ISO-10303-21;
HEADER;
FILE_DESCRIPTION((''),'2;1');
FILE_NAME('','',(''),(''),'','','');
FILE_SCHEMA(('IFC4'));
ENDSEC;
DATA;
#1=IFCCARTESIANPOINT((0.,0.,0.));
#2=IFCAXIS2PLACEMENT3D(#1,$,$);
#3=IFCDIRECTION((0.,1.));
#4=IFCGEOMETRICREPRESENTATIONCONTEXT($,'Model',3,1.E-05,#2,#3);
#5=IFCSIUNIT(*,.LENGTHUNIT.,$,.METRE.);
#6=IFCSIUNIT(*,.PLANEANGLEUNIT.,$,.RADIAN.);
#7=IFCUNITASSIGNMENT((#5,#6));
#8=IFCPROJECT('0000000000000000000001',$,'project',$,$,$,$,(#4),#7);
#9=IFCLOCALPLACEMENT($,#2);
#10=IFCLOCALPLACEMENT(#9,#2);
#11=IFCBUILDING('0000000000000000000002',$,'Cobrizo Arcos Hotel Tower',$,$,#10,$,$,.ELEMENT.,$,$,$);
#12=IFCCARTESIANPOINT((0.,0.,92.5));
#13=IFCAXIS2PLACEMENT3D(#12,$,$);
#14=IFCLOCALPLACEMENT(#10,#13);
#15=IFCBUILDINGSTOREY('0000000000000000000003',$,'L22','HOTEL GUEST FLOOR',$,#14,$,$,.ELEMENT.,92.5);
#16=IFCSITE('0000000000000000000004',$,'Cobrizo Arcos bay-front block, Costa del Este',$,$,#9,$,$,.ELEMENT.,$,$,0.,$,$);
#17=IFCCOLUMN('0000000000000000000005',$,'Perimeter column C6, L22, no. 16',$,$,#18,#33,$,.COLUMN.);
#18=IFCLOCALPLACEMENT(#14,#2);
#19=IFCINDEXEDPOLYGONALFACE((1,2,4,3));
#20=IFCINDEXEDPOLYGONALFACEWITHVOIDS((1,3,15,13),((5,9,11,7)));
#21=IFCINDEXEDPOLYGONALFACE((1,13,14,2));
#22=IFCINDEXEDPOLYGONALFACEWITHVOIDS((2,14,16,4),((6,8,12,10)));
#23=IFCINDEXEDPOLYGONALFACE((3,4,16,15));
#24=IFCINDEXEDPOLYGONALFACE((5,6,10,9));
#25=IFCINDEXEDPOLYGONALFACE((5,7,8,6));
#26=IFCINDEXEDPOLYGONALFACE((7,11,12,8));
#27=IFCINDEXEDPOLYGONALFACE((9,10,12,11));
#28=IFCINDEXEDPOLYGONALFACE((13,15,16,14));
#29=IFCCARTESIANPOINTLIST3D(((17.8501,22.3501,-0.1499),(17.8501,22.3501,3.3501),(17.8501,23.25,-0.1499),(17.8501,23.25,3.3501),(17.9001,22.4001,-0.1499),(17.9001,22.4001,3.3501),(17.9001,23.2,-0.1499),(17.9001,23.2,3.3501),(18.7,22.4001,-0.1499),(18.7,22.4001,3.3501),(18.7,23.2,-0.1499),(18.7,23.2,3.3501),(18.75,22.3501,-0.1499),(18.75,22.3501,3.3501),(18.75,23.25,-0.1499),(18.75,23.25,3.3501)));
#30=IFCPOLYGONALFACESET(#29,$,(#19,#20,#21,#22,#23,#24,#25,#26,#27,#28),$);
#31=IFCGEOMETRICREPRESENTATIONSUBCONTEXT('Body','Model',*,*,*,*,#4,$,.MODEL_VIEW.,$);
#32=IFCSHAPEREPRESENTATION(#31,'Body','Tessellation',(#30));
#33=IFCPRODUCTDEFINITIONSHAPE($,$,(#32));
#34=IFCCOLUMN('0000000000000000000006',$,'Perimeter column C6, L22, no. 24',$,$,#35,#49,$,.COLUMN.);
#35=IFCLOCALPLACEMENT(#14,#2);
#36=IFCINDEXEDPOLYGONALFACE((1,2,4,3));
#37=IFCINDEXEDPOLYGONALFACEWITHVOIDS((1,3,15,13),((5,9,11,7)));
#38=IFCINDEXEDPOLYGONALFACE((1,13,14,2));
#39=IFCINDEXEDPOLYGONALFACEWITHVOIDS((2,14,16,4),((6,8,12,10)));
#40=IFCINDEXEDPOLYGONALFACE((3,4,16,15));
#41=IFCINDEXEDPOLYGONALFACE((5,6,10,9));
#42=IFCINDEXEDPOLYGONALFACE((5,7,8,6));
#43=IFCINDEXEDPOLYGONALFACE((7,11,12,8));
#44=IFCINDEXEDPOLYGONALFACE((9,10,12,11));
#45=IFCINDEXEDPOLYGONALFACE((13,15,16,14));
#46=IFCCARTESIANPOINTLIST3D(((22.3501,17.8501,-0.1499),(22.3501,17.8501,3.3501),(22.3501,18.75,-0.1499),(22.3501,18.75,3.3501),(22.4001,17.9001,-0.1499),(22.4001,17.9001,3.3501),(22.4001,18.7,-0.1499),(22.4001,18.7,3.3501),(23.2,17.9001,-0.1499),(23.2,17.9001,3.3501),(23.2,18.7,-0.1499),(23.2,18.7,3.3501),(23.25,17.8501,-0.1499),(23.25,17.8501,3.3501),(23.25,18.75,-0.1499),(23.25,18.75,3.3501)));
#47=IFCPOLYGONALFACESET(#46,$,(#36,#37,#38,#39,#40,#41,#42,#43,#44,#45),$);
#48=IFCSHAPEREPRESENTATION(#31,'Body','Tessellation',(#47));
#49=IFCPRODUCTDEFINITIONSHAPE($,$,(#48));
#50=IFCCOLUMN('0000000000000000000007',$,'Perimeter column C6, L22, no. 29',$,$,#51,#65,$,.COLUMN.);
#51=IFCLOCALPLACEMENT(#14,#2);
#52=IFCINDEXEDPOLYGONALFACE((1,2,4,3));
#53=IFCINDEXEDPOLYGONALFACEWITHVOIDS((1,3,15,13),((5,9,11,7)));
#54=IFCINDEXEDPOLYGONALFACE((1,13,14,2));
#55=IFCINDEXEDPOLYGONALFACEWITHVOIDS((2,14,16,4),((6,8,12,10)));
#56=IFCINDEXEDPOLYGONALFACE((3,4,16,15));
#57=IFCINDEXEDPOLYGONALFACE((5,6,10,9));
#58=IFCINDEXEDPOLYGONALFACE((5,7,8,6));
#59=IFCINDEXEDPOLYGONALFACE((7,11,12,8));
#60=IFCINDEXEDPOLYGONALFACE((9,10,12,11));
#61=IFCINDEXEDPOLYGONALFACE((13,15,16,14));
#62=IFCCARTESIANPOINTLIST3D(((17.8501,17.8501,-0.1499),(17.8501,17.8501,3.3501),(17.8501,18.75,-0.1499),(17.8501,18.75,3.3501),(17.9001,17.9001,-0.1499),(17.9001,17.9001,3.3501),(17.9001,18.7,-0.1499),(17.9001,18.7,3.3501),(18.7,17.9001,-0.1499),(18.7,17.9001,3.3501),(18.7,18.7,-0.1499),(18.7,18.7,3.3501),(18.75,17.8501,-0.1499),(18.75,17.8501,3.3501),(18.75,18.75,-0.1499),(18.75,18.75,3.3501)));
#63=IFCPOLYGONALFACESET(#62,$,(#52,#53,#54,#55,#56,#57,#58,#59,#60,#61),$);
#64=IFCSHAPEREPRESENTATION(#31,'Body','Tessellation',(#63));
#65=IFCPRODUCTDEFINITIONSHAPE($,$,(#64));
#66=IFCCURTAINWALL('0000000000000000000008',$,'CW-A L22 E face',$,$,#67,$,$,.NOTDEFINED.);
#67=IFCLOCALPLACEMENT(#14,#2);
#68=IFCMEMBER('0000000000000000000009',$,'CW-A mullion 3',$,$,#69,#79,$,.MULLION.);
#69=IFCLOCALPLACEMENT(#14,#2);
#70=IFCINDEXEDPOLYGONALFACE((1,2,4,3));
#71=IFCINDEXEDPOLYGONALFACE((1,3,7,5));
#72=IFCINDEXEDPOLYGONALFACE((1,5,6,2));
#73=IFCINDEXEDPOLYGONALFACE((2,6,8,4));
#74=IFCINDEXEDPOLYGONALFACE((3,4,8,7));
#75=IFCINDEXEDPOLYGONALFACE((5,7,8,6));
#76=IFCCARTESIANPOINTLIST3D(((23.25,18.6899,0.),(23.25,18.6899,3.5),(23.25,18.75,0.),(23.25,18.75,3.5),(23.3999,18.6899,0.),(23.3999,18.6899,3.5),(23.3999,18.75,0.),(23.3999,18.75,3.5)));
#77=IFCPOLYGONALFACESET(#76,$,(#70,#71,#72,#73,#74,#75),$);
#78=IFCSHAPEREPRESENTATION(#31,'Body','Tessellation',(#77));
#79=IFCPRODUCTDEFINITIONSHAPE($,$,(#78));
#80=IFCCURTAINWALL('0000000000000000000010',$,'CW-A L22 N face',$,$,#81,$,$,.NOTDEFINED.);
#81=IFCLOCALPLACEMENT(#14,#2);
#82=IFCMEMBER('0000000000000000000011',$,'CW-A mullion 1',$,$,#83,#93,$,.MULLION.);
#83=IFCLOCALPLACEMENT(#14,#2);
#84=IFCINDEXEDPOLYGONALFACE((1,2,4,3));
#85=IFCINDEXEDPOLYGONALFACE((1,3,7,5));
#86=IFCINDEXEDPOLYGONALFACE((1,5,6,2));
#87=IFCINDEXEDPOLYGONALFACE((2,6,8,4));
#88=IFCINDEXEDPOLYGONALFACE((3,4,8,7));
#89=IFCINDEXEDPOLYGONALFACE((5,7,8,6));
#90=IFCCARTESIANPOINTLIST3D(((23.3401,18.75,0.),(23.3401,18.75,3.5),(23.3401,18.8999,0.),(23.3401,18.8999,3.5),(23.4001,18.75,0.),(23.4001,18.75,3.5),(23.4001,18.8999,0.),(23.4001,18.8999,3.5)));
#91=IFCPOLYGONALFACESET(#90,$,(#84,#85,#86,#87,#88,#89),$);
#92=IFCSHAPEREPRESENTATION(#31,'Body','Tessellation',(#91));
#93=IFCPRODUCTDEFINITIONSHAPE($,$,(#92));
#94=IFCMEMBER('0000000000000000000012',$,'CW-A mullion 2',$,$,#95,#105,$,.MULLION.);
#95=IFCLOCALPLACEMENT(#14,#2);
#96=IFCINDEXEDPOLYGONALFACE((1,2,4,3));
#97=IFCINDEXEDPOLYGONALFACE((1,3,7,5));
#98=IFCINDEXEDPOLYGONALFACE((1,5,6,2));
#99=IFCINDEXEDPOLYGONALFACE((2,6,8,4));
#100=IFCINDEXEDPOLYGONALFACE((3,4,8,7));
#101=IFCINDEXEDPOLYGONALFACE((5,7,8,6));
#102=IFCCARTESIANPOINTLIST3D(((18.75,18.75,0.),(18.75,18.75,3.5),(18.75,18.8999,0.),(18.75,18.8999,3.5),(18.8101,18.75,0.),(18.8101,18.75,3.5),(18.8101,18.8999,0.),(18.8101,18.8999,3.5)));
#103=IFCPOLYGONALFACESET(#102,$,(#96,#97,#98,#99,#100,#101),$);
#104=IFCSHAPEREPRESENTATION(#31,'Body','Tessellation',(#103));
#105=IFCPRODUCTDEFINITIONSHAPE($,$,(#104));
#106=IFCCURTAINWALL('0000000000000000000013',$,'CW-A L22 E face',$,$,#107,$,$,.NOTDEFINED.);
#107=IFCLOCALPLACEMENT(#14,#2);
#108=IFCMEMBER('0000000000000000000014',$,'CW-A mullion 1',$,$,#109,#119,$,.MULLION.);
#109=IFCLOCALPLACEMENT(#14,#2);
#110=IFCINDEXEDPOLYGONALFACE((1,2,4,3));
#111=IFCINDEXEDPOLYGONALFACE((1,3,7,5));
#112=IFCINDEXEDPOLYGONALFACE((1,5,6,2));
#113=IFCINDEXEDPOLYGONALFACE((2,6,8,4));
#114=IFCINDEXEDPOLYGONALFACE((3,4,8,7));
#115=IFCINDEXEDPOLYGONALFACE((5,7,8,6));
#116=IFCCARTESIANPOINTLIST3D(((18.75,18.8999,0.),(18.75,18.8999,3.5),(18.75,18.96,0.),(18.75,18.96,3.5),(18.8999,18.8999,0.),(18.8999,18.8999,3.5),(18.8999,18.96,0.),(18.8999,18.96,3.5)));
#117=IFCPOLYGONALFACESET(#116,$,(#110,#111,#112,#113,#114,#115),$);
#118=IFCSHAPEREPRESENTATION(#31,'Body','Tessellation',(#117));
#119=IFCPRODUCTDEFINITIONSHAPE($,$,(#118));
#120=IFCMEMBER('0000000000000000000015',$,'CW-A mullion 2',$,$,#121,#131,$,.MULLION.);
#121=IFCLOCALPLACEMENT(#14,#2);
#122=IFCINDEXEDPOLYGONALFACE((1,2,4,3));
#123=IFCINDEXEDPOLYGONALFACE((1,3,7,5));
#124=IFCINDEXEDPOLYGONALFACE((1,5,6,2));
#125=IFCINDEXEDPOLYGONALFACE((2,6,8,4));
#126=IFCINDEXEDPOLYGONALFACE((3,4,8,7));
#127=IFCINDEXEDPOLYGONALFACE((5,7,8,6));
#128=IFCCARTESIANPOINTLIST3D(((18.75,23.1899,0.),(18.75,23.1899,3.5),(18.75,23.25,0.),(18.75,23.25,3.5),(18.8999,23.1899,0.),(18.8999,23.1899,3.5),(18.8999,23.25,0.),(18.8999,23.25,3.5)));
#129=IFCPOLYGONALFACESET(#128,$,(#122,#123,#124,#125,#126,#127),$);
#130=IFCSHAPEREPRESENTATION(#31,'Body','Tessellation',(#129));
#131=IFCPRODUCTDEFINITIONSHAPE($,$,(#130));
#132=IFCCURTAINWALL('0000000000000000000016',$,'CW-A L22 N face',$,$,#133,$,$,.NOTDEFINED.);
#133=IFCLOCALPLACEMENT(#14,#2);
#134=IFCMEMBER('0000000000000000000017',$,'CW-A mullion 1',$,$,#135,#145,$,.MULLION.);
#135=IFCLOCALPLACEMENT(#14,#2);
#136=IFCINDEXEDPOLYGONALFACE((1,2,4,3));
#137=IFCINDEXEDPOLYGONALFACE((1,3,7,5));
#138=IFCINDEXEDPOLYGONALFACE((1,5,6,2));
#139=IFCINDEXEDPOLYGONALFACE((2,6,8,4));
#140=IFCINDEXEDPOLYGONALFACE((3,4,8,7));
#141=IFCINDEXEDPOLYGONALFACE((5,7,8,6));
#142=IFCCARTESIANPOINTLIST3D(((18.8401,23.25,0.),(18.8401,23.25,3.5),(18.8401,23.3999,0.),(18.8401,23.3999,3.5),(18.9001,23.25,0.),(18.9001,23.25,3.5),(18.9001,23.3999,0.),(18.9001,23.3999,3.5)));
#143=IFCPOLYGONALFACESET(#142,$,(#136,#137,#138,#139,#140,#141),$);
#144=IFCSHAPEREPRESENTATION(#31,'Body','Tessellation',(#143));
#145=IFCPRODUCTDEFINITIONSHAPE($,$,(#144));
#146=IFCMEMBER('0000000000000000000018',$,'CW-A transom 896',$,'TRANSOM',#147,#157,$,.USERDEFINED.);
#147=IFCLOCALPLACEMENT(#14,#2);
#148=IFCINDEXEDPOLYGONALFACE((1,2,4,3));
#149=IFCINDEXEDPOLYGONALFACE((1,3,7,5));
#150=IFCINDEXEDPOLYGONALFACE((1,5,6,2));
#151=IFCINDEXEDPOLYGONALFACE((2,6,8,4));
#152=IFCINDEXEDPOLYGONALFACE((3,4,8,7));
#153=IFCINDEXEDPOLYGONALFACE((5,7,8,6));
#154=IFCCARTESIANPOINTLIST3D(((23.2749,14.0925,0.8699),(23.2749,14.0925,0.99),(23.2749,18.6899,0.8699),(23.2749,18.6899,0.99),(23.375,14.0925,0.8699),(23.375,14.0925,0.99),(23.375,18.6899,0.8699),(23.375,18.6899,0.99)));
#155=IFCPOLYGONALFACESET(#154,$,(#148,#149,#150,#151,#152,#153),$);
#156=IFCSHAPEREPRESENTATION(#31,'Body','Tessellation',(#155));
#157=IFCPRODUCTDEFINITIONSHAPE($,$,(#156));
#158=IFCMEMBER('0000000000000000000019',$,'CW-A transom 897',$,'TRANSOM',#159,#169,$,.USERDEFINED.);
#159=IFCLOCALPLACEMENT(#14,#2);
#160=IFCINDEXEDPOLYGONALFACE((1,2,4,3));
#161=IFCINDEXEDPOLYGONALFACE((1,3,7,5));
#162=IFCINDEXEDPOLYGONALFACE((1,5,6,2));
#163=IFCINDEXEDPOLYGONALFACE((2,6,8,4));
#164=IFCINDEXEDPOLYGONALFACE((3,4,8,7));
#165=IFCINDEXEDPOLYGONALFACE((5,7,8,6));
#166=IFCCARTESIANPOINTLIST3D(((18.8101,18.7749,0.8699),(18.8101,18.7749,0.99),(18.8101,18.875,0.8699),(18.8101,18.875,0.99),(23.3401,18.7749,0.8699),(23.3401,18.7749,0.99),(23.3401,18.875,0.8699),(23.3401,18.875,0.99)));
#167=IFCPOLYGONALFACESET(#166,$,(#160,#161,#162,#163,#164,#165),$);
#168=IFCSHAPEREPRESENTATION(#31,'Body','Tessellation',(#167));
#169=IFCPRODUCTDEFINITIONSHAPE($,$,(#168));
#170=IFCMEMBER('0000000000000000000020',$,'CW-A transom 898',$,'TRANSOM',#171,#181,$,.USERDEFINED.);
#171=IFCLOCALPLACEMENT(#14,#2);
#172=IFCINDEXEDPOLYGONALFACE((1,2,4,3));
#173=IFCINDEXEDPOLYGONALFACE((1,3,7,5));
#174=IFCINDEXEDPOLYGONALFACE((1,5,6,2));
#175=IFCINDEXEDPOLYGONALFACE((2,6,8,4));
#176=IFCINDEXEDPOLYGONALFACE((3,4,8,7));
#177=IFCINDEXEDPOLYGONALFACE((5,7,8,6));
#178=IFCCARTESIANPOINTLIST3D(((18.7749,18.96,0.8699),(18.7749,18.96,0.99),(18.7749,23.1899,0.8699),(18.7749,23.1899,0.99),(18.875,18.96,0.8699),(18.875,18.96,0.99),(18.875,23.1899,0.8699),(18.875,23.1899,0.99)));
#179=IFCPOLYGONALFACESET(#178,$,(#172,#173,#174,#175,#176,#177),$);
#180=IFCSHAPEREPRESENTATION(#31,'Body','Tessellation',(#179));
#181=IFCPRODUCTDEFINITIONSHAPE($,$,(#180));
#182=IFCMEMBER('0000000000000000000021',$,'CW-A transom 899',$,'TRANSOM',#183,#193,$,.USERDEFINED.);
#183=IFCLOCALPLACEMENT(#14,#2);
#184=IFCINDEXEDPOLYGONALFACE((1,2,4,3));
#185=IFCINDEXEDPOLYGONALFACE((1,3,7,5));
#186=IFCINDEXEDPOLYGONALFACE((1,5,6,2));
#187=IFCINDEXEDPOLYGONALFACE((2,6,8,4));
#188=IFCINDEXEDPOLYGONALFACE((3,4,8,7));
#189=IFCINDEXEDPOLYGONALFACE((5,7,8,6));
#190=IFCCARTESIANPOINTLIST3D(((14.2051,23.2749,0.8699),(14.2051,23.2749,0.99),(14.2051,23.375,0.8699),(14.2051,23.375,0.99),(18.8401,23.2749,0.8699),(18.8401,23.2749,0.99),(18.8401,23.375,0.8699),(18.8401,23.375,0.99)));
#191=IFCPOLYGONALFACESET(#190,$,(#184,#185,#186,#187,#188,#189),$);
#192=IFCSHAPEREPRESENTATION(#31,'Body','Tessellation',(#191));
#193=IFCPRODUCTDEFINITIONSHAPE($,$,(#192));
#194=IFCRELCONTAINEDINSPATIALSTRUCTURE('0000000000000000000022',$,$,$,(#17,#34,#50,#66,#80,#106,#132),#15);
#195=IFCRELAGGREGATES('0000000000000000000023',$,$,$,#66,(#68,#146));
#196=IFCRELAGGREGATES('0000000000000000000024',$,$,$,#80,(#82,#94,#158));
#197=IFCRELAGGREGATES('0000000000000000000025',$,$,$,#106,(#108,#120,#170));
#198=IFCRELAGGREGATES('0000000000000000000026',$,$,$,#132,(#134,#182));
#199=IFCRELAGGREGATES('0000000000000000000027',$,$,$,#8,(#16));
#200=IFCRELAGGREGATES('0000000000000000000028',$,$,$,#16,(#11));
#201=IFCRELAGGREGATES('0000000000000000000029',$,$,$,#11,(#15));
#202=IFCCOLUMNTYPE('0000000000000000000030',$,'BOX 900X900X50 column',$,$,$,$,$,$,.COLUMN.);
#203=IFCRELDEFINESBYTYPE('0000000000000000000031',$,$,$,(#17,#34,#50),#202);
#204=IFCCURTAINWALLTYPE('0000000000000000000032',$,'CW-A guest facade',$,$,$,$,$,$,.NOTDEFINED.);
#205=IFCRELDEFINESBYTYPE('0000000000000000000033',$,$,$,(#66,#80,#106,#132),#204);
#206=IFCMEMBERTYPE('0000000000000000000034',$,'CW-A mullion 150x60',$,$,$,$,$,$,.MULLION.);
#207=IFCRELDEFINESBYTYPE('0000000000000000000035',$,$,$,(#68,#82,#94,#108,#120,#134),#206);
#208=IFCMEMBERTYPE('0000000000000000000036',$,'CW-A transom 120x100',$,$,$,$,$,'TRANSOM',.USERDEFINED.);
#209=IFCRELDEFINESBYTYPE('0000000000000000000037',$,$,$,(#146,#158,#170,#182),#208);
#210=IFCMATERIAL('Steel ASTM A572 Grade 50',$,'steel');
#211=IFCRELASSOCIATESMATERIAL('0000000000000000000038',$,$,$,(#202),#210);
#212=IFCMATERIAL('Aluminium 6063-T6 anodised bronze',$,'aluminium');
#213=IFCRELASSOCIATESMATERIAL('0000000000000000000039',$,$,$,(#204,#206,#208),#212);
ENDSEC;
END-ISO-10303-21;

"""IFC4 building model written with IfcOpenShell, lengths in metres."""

from ifc_helpers import new_model, si_unit, direction, frame, origin, origin_2d, place, context, subcontext, project, spatial, rectangle, hollow_rectangle, extrude, material, material_profile, profile_set, type_object, element, aggregate, save


model = new_model("IFC4")

# Units and contexts
model_context = context("Model", 3, precision=1e-05, world=origin(), true_north=direction((0.0, 1.0)))
body_context = subcontext(model_context, "Body", "Model", "MODEL_VIEW")
ifc_project = project(units=[si_unit("LENGTHUNIT", "METRE"), si_unit("PLANEANGLEUNIT", "RADIAN")], contexts=[model_context])

# Site, building, storey
site_placement = place(None, origin())
site = spatial("IfcSite", under=ifc_project, at=site_placement, Name="Cobrizo Arcos bay-front block, Costa del Este", CompositionType="ELEMENT", RefElevation=0.0)
building_placement = place(site_placement, origin())
building = spatial("IfcBuilding", under=site, at=building_placement, Name="Cobrizo Arcos Hotel Tower", CompositionType="ELEMENT")
storey_placement = place(building_placement, frame((0.0, 0.0, 92.5)))
storey = spatial("IfcBuildingStorey", under=building, at=storey_placement, Name="L22", Description="HOTEL GUEST FLOOR", CompositionType="ELEMENT", Elevation=92.5)

# Columns
ifc_material_1 = material(Name="Steel ASTM A572 Grade 50", Category="steel")
ifc_material_profile_1 = material_profile(ifc_material_1, hollow_rectangle(XDim=0.8999, YDim=0.8999, WallThickness=0.05, at=origin_2d()), Name="BOX 900X900X50")
ifc_profile_set_1 = profile_set([ifc_material_profile_1], Name="Steel ASTM A572 Grade 50")
column_type = type_object("IfcColumnType", Name="BOX 900X900X50 column", PredefinedType="COLUMN", material=ifc_profile_set_1)
for number, where, z_axis, x_axis, name in (
    (1, (18.3, 22.8, -0.1499), (0.0, 0.0, 1.0), (1.0, 0.0, 0.0), "Perimeter column C6, L22, no. 16"),
    (2, (22.8, 18.3, -0.1499), (0.0, 0.0, 1.0), (1.0, 0.0, 0.0), "Perimeter column C6, L22, no. 24"),
    (3, (18.3, 18.3, -0.1499), (0.0, 0.0, 1.0), (1.0, 0.0, 0.0), "Perimeter column C6, L22, no. 29"),
):
    element("IfcColumn", number, at=place(storey_placement, frame(where, z_axis=z_axis, x_axis=x_axis)), inside=storey, type_object=column_type, Name=name, PredefinedType="COLUMN", context=body_context, shape_type="SweptSolid", body=[
        extrude(hollow_rectangle(XDim=0.8999, YDim=0.8999, WallThickness=0.05, at=origin_2d()), origin(), (0.0, 0.0, 1.0), 3.5),
    ])

# Curtain wall, member
ifc_material_2 = material(Name="Aluminium 6063-T6 anodised bronze", Category="aluminium")
curtain_wall_type = type_object("IfcCurtainWallType", Name="CW-A guest facade", PredefinedType="NOTDEFINED", material=ifc_material_2)
curtain_wall_1_placement = place(storey_placement, origin())
curtain_wall_1 = element("IfcCurtainWall", 4, at=curtain_wall_1_placement, inside=storey, type_object=curtain_wall_type, Name="CW-A L22 E face", PredefinedType="NOTDEFINED")
ifc_material_profile_2 = material_profile(ifc_material_2, rectangle(XDim=0.1499, YDim=0.0601, at=origin_2d()), Name="CW-A mullion 150x60")
ifc_profile_set_2 = profile_set([ifc_material_profile_2], Name="Aluminium 6063-T6 anodised bronze")
member_type_1 = type_object("IfcMemberType", Name="CW-A mullion 150x60", PredefinedType="MULLION", material=ifc_profile_set_2)
member_1_placement = place(storey_placement, frame((23.325, 18.72, 0.0), z_axis=(0.0, 0.0, 1.0), x_axis=(1.0, 0.0, 0.0)))
member_1 = element("IfcMember", 5, at=member_1_placement, type_object=member_type_1, Name="CW-A mullion 3", PredefinedType="MULLION", context=body_context, shape_type="SweptSolid", body=[
    extrude(rectangle(XDim=0.1499, YDim=0.0601, at=origin_2d()), origin(), (0.0, 0.0, 1.0), 3.5),
])

# Curtain walls, members
curtain_wall_2_placement = place(storey_placement, origin())
curtain_wall_2 = element("IfcCurtainWall", 6, at=curtain_wall_2_placement, inside=storey, type_object=curtain_wall_type, Name="CW-A L22 N face", PredefinedType="NOTDEFINED")
member_2_placement = place(storey_placement, frame((23.3701, 18.825, 0.0), z_axis=(0.0, 0.0, 1.0), x_axis=(0.0, 1.0, 0.0)))
member_2 = element("IfcMember", 7, at=member_2_placement, type_object=member_type_1, Name="CW-A mullion 1", PredefinedType="MULLION", context=body_context, shape_type="SweptSolid", body=[
    extrude(rectangle(XDim=0.1499, YDim=0.0601, at=origin_2d()), origin(), (0.0, 0.0, 1.0), 3.5),
])
member_3_placement = place(storey_placement, frame((18.78, 18.825, 0.0), z_axis=(0.0, 0.0, 1.0), x_axis=(0.0, 1.0, 0.0)))
member_3 = element("IfcMember", 8, at=member_3_placement, type_object=member_type_1, Name="CW-A mullion 2", PredefinedType="MULLION", context=body_context, shape_type="SweptSolid", body=[
    extrude(rectangle(XDim=0.1499, YDim=0.0601, at=origin_2d()), origin(), (0.0, 0.0, 1.0), 3.5),
])
curtain_wall_3_placement = place(storey_placement, origin())
curtain_wall_3 = element("IfcCurtainWall", 9, at=curtain_wall_3_placement, inside=storey, type_object=curtain_wall_type, Name="CW-A L22 E face", PredefinedType="NOTDEFINED")
member_4_placement = place(storey_placement, frame((18.825, 18.9299, 0.0), z_axis=(0.0, 0.0, 1.0), x_axis=(1.0, 0.0, 0.0)))
member_4 = element("IfcMember", 10, at=member_4_placement, type_object=member_type_1, Name="CW-A mullion 1", PredefinedType="MULLION", context=body_context, shape_type="SweptSolid", body=[
    extrude(rectangle(XDim=0.1499, YDim=0.0601, at=origin_2d()), origin(), (0.0, 0.0, 1.0), 3.5),
])
member_5_placement = place(storey_placement, frame((18.825, 23.22, 0.0), z_axis=(0.0, 0.0, 1.0), x_axis=(1.0, 0.0, 0.0)))
member_5 = element("IfcMember", 11, at=member_5_placement, type_object=member_type_1, Name="CW-A mullion 2", PredefinedType="MULLION", context=body_context, shape_type="SweptSolid", body=[
    extrude(rectangle(XDim=0.1499, YDim=0.0601, at=origin_2d()), origin(), (0.0, 0.0, 1.0), 3.5),
])

# Curtain wall, member
curtain_wall_4_placement = place(storey_placement, origin())
curtain_wall_4 = element("IfcCurtainWall", 12, at=curtain_wall_4_placement, inside=storey, type_object=curtain_wall_type, Name="CW-A L22 N face", PredefinedType="NOTDEFINED")
member_6_placement = place(storey_placement, frame((18.8701, 23.325, 0.0), z_axis=(0.0, 0.0, 1.0), x_axis=(0.0, 1.0, 0.0)))
member_6 = element("IfcMember", 13, at=member_6_placement, type_object=member_type_1, Name="CW-A mullion 1", PredefinedType="MULLION", context=body_context, shape_type="SweptSolid", body=[
    extrude(rectangle(XDim=0.1499, YDim=0.0601, at=origin_2d()), origin(), (0.0, 0.0, 1.0), 3.5),
])

# Members
ifc_material_profile_3 = material_profile(ifc_material_2, rectangle(XDim=0.1001, YDim=0.1201, at=origin_2d()), Name="CW-A transom 120x100")
ifc_profile_set_3 = profile_set([ifc_material_profile_3], Name="Aluminium 6063-T6 anodised bronze")
member_type_2 = type_object("IfcMemberType", Name="CW-A transom 120x100", ElementType="TRANSOM", PredefinedType="USERDEFINED", material=ifc_profile_set_3)
member_7_placement = place(storey_placement, frame((23.325, 14.0925, 0.9299), z_axis=(0.0, 1.0, 0.0), x_axis=(-1.0, 0.0, 0.0)))
member_7 = element("IfcMember", 14, at=member_7_placement, type_object=member_type_2, Name="CW-A transom 896", ObjectType="TRANSOM", PredefinedType="USERDEFINED", context=body_context, shape_type="SweptSolid", body=[
    extrude(rectangle(XDim=0.1001, YDim=0.1201, at=origin_2d()), origin(), (0.0, 0.0, 1.0), 4.5974),
])
member_8_placement = place(storey_placement, frame((23.3401, 18.825, 0.9299), z_axis=(-1.0, 0.0, 0.0), x_axis=(0.0, -1.0, 0.0)))
member_8 = element("IfcMember", 15, at=member_8_placement, type_object=member_type_2, Name="CW-A transom 897", ObjectType="TRANSOM", PredefinedType="USERDEFINED", context=body_context, shape_type="SweptSolid", body=[
    extrude(rectangle(XDim=0.1001, YDim=0.1201, at=origin_2d()), origin(), (0.0, 0.0, 1.0), 4.53),
])
member_9_placement = place(storey_placement, frame((18.825, 18.96, 0.9299), z_axis=(0.0, 1.0, 0.0), x_axis=(-1.0, 0.0, 0.0)))
member_9 = element("IfcMember", 16, at=member_9_placement, type_object=member_type_2, Name="CW-A transom 898", ObjectType="TRANSOM", PredefinedType="USERDEFINED", context=body_context, shape_type="SweptSolid", body=[
    extrude(rectangle(XDim=0.1001, YDim=0.1201, at=origin_2d()), origin(), (0.0, 0.0, 1.0), 4.23),
])
member_10_placement = place(storey_placement, frame((18.8401, 23.325, 0.9299), z_axis=(-1.0, 0.0, 0.0), x_axis=(0.0, -1.0, 0.0)))
member_10 = element("IfcMember", 17, at=member_10_placement, type_object=member_type_2, Name="CW-A transom 899", ObjectType="TRANSOM", PredefinedType="USERDEFINED", context=body_context, shape_type="SweptSolid", body=[
    extrude(rectangle(XDim=0.1001, YDim=0.1201, at=origin_2d()), origin(), (0.0, 0.0, 1.0), 4.635),
])

aggregate(curtain_wall_1, [member_1, member_7])
aggregate(curtain_wall_2, [member_2, member_3, member_8])
aggregate(curtain_wall_3, [member_4, member_5, member_9])
aggregate(curtain_wall_4, [member_6, member_10])

save(model, "model.ifc")
